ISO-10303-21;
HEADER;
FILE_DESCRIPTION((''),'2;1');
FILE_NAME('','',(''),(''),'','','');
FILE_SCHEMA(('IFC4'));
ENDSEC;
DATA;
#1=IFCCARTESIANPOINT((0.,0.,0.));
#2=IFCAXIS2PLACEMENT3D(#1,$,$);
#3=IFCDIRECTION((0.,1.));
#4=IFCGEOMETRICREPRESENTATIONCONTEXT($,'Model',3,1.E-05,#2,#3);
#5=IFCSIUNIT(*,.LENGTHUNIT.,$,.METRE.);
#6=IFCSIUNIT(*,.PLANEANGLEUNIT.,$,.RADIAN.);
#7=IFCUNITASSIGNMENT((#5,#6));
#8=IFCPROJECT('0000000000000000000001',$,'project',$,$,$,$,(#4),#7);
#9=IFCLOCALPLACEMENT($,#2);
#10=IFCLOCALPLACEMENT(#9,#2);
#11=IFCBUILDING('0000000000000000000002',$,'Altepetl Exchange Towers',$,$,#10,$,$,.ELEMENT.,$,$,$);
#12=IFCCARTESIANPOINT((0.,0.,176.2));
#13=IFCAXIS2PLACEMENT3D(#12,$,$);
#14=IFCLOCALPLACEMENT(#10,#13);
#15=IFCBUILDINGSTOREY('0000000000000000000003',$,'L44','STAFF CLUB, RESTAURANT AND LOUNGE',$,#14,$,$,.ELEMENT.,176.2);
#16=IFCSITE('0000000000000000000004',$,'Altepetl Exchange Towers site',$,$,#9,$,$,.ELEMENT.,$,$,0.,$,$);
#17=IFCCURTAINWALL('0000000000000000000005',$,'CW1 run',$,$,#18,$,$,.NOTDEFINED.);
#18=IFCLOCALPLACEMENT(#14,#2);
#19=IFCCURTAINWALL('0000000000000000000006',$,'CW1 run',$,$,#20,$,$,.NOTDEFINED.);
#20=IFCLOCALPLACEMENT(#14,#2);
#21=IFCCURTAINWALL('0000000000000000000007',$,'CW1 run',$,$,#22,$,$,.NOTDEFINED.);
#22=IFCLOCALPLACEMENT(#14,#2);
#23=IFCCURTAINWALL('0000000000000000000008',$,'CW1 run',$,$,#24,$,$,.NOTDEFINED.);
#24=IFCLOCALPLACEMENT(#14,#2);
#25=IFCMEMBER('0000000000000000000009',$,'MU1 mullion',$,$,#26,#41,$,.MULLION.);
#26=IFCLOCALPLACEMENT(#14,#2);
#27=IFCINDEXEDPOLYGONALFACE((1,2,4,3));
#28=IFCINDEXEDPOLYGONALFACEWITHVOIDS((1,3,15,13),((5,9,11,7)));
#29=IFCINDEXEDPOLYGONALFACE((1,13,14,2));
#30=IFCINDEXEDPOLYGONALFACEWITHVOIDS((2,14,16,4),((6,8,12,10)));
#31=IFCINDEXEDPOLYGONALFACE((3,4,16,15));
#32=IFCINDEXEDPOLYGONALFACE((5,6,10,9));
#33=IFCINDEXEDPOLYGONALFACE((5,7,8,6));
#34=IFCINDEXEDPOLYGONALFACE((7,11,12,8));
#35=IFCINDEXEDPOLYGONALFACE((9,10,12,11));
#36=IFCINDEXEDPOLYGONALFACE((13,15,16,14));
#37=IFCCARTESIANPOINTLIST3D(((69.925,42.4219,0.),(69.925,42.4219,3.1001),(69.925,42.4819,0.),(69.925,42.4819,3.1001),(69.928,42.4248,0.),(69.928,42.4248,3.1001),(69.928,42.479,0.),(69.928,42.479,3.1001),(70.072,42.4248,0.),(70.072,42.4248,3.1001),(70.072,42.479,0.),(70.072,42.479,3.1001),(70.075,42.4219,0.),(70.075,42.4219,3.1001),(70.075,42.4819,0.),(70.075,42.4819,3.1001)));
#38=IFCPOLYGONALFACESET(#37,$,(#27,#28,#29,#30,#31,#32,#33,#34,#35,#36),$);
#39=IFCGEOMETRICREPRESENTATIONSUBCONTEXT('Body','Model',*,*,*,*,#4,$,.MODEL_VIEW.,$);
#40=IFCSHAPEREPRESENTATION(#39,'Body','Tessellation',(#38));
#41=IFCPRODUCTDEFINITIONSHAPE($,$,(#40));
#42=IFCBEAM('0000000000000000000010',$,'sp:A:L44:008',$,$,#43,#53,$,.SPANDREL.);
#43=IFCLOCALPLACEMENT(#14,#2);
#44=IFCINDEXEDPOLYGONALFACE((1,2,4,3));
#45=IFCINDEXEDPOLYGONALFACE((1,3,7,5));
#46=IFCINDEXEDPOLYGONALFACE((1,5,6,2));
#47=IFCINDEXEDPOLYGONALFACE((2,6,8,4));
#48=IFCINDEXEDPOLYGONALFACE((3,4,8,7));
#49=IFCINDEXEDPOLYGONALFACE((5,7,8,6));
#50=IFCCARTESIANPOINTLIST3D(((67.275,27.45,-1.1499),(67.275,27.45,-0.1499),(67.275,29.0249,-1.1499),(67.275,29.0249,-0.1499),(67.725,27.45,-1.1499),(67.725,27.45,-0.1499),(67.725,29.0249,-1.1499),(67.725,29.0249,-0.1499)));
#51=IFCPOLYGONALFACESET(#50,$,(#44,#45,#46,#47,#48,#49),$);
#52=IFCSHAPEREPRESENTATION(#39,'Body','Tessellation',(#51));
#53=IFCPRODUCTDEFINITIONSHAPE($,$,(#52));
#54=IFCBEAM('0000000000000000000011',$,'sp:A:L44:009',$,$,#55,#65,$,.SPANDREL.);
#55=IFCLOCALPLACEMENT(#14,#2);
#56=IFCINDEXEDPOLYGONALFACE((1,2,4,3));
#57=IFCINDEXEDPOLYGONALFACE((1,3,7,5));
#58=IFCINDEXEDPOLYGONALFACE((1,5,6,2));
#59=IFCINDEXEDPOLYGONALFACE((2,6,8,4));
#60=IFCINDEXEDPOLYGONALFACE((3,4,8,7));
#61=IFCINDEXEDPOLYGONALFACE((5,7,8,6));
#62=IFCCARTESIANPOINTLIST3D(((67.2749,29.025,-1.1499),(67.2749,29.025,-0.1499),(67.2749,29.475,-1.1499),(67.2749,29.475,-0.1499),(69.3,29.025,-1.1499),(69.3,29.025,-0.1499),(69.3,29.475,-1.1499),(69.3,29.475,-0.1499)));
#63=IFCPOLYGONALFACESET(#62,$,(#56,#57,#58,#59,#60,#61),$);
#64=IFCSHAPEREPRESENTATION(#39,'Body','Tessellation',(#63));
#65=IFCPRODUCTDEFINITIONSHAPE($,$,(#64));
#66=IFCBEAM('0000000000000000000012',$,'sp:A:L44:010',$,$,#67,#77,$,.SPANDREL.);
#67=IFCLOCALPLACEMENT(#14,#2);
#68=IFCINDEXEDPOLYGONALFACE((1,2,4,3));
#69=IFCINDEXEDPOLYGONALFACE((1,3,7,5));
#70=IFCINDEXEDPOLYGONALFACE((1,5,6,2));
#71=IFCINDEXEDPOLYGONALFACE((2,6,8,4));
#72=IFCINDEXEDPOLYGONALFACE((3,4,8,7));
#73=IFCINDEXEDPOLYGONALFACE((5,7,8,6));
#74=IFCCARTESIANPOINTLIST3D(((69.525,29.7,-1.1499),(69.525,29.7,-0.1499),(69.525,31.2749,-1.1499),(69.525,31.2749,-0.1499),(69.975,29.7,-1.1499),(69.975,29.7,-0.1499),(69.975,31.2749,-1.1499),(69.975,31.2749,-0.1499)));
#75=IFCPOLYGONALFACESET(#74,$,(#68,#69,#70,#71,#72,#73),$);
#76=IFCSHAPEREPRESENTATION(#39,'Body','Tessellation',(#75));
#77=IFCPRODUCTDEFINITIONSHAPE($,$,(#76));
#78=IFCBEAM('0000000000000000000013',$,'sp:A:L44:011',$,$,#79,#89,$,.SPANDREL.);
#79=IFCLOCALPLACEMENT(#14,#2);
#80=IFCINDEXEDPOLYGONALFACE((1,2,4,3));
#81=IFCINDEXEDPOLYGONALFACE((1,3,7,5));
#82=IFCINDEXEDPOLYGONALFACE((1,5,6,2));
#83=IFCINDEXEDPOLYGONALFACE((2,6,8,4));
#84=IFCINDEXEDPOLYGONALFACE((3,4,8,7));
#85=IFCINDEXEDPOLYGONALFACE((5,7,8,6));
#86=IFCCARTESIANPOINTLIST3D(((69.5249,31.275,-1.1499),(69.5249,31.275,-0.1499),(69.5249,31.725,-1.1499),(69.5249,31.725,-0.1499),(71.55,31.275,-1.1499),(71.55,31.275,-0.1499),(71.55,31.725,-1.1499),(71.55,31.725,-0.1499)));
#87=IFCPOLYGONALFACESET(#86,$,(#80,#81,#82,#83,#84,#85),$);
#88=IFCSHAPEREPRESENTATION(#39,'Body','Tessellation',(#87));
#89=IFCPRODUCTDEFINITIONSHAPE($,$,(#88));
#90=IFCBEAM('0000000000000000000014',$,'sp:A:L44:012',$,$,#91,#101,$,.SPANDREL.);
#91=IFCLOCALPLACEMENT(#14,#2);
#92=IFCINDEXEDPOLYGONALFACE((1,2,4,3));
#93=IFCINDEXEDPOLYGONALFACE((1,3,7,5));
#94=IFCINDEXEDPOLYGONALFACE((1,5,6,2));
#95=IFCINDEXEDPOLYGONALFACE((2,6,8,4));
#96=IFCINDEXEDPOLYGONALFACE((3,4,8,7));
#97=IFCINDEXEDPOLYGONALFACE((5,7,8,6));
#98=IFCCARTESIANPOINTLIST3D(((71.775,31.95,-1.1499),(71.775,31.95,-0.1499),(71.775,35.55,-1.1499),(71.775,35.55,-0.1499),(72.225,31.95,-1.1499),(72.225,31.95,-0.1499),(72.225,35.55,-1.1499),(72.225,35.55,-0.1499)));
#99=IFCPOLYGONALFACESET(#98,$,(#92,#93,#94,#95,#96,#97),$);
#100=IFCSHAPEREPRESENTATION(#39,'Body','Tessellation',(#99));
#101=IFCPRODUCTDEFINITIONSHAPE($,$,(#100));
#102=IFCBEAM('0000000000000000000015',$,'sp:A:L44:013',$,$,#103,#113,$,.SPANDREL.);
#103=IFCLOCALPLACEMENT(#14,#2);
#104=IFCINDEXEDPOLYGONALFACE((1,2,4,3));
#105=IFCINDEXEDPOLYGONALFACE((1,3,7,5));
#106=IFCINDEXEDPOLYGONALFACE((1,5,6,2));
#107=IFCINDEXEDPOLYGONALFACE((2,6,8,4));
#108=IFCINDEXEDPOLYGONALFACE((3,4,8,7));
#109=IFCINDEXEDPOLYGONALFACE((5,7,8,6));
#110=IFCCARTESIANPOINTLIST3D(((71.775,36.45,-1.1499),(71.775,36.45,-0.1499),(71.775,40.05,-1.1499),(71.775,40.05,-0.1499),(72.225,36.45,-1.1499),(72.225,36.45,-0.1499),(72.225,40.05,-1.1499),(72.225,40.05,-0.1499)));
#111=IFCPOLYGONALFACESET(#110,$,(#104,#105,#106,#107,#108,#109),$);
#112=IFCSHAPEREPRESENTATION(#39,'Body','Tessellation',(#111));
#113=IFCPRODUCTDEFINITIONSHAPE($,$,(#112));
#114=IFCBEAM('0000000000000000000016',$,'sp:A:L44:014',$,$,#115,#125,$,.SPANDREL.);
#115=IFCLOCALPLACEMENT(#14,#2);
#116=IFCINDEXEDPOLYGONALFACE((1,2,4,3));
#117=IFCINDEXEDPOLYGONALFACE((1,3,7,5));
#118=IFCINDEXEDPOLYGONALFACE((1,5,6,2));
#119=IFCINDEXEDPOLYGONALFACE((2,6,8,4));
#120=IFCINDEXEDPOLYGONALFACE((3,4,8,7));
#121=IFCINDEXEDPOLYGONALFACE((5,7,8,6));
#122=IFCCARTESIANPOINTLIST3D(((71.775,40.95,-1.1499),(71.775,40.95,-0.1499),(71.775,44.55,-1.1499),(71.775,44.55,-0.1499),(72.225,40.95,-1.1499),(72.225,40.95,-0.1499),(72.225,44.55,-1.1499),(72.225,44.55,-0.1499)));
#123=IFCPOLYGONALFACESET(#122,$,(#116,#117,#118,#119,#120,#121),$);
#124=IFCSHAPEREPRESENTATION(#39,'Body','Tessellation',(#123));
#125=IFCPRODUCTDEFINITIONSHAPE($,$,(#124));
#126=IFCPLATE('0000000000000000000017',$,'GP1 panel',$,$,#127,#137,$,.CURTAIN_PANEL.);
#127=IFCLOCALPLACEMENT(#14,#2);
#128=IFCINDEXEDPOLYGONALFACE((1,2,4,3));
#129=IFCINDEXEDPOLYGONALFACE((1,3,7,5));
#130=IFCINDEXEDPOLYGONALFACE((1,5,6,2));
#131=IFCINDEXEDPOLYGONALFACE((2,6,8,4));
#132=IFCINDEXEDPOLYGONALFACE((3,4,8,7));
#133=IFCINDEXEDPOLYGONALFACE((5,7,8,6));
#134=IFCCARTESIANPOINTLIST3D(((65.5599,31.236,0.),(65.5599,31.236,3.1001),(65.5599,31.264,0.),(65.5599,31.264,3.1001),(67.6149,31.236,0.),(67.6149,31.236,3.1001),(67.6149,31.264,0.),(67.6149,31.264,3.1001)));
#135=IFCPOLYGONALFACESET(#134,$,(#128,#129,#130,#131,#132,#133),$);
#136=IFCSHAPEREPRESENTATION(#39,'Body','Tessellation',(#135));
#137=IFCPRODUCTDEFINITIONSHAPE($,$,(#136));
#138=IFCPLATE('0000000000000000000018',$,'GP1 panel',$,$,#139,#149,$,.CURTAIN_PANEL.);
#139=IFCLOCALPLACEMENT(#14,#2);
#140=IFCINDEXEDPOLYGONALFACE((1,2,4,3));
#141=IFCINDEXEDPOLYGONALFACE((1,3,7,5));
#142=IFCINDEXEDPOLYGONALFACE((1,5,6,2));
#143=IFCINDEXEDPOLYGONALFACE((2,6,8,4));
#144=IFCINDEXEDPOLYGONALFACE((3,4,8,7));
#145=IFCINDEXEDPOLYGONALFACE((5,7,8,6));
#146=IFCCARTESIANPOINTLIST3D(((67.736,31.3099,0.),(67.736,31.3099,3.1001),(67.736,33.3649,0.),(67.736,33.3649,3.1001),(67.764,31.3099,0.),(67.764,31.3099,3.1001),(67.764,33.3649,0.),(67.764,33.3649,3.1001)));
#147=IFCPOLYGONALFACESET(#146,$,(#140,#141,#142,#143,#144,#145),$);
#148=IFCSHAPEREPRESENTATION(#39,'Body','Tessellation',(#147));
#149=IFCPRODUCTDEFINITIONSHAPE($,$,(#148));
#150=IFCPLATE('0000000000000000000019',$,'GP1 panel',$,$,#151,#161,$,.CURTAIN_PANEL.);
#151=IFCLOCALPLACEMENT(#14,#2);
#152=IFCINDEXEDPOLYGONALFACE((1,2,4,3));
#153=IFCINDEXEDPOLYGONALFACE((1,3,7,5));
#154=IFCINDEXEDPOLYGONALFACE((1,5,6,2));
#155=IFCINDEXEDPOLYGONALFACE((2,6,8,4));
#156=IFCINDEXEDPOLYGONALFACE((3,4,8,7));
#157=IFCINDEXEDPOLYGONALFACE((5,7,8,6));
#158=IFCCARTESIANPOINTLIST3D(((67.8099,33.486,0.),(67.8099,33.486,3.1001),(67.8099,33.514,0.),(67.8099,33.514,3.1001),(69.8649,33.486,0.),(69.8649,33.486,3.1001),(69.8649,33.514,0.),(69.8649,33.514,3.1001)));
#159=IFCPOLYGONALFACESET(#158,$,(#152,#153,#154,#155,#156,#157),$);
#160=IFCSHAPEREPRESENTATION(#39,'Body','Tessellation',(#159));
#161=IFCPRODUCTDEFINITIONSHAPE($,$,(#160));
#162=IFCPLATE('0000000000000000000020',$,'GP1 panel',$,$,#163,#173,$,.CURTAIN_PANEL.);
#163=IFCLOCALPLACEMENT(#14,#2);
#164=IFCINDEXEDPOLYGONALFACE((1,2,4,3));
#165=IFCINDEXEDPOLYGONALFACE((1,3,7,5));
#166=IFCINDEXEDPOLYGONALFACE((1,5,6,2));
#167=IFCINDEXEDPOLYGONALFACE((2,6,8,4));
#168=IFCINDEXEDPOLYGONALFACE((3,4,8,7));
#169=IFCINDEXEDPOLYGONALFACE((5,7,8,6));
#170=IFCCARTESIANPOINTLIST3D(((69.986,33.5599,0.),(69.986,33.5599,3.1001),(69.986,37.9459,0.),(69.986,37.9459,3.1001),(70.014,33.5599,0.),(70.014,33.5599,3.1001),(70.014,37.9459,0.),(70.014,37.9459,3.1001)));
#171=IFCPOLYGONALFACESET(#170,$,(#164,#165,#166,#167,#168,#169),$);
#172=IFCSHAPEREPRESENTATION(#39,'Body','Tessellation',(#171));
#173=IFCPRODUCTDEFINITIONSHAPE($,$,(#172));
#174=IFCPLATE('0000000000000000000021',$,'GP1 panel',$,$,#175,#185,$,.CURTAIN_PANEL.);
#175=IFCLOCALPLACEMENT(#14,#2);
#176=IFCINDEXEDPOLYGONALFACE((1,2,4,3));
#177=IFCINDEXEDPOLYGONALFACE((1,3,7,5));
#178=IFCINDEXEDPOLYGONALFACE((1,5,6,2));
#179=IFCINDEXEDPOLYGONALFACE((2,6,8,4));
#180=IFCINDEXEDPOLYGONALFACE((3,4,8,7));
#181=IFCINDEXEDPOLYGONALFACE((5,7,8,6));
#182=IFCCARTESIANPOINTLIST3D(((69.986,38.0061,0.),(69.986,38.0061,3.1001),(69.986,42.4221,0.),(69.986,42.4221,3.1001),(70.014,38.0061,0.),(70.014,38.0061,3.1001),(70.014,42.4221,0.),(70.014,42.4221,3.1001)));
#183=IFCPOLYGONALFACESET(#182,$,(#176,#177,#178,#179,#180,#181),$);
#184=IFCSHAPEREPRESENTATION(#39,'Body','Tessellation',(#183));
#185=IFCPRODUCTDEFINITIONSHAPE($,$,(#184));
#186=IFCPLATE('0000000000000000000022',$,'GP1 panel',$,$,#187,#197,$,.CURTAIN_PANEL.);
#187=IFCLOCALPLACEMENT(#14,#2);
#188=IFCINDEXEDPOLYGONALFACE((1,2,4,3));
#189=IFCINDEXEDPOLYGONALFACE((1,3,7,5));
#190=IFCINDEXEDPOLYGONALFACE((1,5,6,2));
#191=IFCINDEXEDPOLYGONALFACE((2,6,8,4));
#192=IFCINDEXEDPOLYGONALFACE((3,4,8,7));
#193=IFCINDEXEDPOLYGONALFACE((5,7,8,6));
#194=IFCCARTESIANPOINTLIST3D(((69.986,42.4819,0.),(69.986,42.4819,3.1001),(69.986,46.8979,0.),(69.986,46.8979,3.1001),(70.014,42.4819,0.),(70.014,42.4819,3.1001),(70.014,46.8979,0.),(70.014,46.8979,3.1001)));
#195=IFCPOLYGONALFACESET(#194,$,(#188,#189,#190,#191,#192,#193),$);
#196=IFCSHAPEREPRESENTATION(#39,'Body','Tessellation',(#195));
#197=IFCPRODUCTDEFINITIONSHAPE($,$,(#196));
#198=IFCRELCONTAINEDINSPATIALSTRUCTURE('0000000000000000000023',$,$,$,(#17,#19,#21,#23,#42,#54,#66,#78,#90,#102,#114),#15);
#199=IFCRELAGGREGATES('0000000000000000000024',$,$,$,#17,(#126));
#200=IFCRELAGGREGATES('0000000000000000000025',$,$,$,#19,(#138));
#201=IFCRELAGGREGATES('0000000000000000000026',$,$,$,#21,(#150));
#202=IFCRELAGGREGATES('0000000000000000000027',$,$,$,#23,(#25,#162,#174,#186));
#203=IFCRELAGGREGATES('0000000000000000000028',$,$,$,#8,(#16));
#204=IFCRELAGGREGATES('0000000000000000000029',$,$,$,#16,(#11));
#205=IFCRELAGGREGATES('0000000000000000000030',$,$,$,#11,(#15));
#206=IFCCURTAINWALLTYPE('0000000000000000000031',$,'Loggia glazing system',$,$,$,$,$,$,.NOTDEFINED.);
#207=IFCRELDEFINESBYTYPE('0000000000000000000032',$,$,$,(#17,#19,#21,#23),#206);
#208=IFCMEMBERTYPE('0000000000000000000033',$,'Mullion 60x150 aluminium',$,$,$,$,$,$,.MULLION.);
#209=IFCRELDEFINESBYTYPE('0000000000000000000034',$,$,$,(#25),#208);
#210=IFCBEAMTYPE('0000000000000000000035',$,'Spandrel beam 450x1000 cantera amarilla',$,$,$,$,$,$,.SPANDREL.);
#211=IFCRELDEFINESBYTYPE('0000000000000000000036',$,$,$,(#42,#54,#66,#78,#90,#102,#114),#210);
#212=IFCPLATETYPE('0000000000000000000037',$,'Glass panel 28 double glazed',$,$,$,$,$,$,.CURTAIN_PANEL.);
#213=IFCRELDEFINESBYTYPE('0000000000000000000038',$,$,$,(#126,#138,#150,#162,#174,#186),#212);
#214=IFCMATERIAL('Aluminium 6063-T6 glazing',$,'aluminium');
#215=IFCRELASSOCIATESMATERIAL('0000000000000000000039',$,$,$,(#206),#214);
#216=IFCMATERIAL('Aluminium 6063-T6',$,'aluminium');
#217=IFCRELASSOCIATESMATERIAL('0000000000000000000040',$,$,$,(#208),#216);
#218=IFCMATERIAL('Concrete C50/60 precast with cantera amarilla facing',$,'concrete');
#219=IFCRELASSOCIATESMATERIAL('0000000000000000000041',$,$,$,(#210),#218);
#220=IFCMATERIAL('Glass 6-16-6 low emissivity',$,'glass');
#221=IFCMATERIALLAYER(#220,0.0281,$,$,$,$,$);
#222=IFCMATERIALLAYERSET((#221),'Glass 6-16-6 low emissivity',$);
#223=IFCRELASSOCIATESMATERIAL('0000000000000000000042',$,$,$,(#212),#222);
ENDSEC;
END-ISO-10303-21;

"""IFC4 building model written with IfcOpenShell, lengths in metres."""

from ifc_helpers import new_model, si_unit, direction, frame, origin, origin_2d, place, context, subcontext, project, spatial, rectangle, hollow_rectangle, extrude, material, layer, layer_set, material_profile, profile_set, type_object, element, aggregate, save


model = new_model("IFC4")

# Units and contexts
model_context = context("Model", 3, precision=1e-05, world=origin(), true_north=direction((0.0, 1.0)))
body_context = subcontext(model_context, "Body", "Model", "MODEL_VIEW")
ifc_project = project(units=[si_unit("LENGTHUNIT", "METRE"), si_unit("PLANEANGLEUNIT", "RADIAN")], contexts=[model_context])

# Site, building, storey
site_placement = place(None, origin())
site = spatial("IfcSite", under=ifc_project, at=site_placement, Name="Altepetl Exchange Towers site", CompositionType="ELEMENT", RefElevation=0.0)
building_placement = place(site_placement, origin())
building = spatial("IfcBuilding", under=site, at=building_placement, Name="Altepetl Exchange Towers", CompositionType="ELEMENT")
storey_placement = place(building_placement, frame((0.0, 0.0, 176.2)))
storey = spatial("IfcBuildingStorey", under=building, at=storey_placement, Name="L44", Description="STAFF CLUB, RESTAURANT AND LOUNGE", CompositionType="ELEMENT", Elevation=176.2)

# Curtain walls, member
ifc_material_1 = material(Name="Aluminium 6063-T6 glazing", Category="aluminium")
curtain_wall_type = type_object("IfcCurtainWallType", Name="Loggia glazing system", PredefinedType="NOTDEFINED", material=ifc_material_1)
curtain_wall_1_placement = place(storey_placement, origin())
curtain_wall_1 = element("IfcCurtainWall", 1, at=curtain_wall_1_placement, inside=storey, type_object=curtain_wall_type, Name="CW1 run", PredefinedType="NOTDEFINED")
ifc_material_2 = material(Name="Aluminium 6063-T6", Category="aluminium")
ifc_material_profile_1 = material_profile(ifc_material_2, hollow_rectangle(XDim=0.0601, YDim=0.1499, WallThickness=0.0029, at=origin_2d()), Name="Mullion 60x150 aluminium")
ifc_profile_set_1 = profile_set([ifc_material_profile_1], Name="Aluminium 6063-T6")
member_type = type_object("IfcMemberType", Name="Mullion 60x150 aluminium", PredefinedType="MULLION", material=ifc_profile_set_1)
curtain_wall_2_placement = place(storey_placement, origin())
curtain_wall_2 = element("IfcCurtainWall", 2, at=curtain_wall_2_placement, inside=storey, type_object=curtain_wall_type, Name="CW1 run", PredefinedType="NOTDEFINED")
curtain_wall_3_placement = place(storey_placement, origin())
curtain_wall_3 = element("IfcCurtainWall", 3, at=curtain_wall_3_placement, inside=storey, type_object=curtain_wall_type, Name="CW1 run", PredefinedType="NOTDEFINED")
curtain_wall_4_placement = place(storey_placement, origin())
curtain_wall_4 = element("IfcCurtainWall", 4, at=curtain_wall_4_placement, inside=storey, type_object=curtain_wall_type, Name="CW1 run", PredefinedType="NOTDEFINED")
member_1_placement = place(storey_placement, frame((70.0, 42.4519, 0.0), z_axis=(0.0, 0.0, 1.0), x_axis=(0.0, 1.0, 0.0)))
member_1 = element("IfcMember", 5, at=member_1_placement, type_object=member_type, Name="MU1 mullion", PredefinedType="MULLION", context=body_context, shape_type="SweptSolid", body=[
    extrude(hollow_rectangle(XDim=0.0601, YDim=0.1499, WallThickness=0.0029, at=origin_2d()), origin(), (0.0, 0.0, 1.0), 3.1001),
])

# Beams
ifc_material_3 = material(Name="Concrete C50/60 precast with cantera amarilla facing", Category="concrete")
ifc_material_profile_2 = material_profile(ifc_material_3, rectangle(XDim=0.45, YDim=1.0, at=origin_2d()), Name="450 x 1000")
ifc_profile_set_2 = profile_set([ifc_material_profile_2], Name="Concrete C50/60 precast with cantera amarilla facing")
beam_type = type_object("IfcBeamType", Name="Spandrel beam 450x1000 cantera amarilla", PredefinedType="SPANDREL", material=ifc_profile_set_2)
beam_1_placement = place(storey_placement, frame((67.5, 27.45, -0.6499), z_axis=(0.0, 1.0, 0.0), x_axis=(-1.0, 0.0, 0.0)))
element("IfcBeam", 6, at=beam_1_placement, inside=storey, type_object=beam_type, Name="sp:A:L44:008", PredefinedType="SPANDREL", context=body_context, shape_type="SweptSolid", body=[
    extrude(rectangle(XDim=0.45, YDim=1.0, at=origin_2d()), origin(), (0.0, 0.0, 1.0), 1.575),
])
beam_2_placement = place(storey_placement, frame((67.2749, 29.25, -0.6499), z_axis=(1.0, 0.0, 0.0), x_axis=(0.0, 1.0, 0.0)))
element("IfcBeam", 7, at=beam_2_placement, inside=storey, type_object=beam_type, Name="sp:A:L44:009", PredefinedType="SPANDREL", context=body_context, shape_type="SweptSolid", body=[
    extrude(rectangle(XDim=0.45, YDim=1.0, at=origin_2d()), origin(), (0.0, 0.0, 1.0), 2.0251),
])
beam_3_placement = place(storey_placement, frame((69.75, 29.7, -0.6499), z_axis=(0.0, 1.0, 0.0), x_axis=(-1.0, 0.0, 0.0)))
element("IfcBeam", 8, at=beam_3_placement, inside=storey, type_object=beam_type, Name="sp:A:L44:010", PredefinedType="SPANDREL", context=body_context, shape_type="SweptSolid", body=[
    extrude(rectangle(XDim=0.45, YDim=1.0, at=origin_2d()), origin(), (0.0, 0.0, 1.0), 1.575),
])
beam_4_placement = place(storey_placement, frame((69.5249, 31.5, -0.6499), z_axis=(1.0, 0.0, 0.0), x_axis=(0.0, 1.0, 0.0)))
element("IfcBeam", 9, at=beam_4_placement, inside=storey, type_object=beam_type, Name="sp:A:L44:011", PredefinedType="SPANDREL", context=body_context, shape_type="SweptSolid", body=[
    extrude(rectangle(XDim=0.45, YDim=1.0, at=origin_2d()), origin(), (0.0, 0.0, 1.0), 2.0251),
])
for number, where, z_axis, x_axis, name in (
    (10, (72.0, 31.95, -0.6499), (0.0, 1.0, 0.0), (-1.0, 0.0, 0.0), "sp:A:L44:012"),
    (11, (72.0, 36.45, -0.6499), (0.0, 1.0, 0.0), (-1.0, 0.0, 0.0), "sp:A:L44:013"),
    (12, (72.0, 40.95, -0.6499), (0.0, 1.0, 0.0), (-1.0, 0.0, 0.0), "sp:A:L44:014"),
):
    element("IfcBeam", number, at=place(storey_placement, frame(where, z_axis=z_axis, x_axis=x_axis)), inside=storey, type_object=beam_type, Name=name, PredefinedType="SPANDREL", context=body_context, shape_type="SweptSolid", body=[
        extrude(rectangle(XDim=0.45, YDim=1.0, at=origin_2d()), origin(), (0.0, 0.0, 1.0), 3.6001),
    ])

# Plates
ifc_material_4 = material(Name="Glass 6-16-6 low emissivity", Category="glass")
ifc_layer = layer(ifc_material_4, 0.0281)
ifc_layer_set = layer_set([ifc_layer], Name="Glass 6-16-6 low emissivity")
plate_type = type_object("IfcPlateType", Name="Glass panel 28 double glazed", PredefinedType="CURTAIN_PANEL", material=ifc_layer_set)
plate_1_placement = place(storey_placement, frame((66.5874, 31.25, 0.0)))
plate_1 = element("IfcPlate", 13, at=plate_1_placement, type_object=plate_type, Name="GP1 panel", PredefinedType="CURTAIN_PANEL", context=body_context, shape_type="SweptSolid", body=[
    extrude(rectangle(XDim=2.0549, YDim=0.0281, at=origin_2d()), origin(), (0.0, 0.0, 1.0), 3.1001),
])
aggregate(curtain_wall_1, [plate_1])
plate_2_placement = place(storey_placement, frame((67.75, 32.3374, 0.0), z_axis=(0.0, 0.0, 1.0), x_axis=(0.0, 1.0, 0.0)))
plate_2 = element("IfcPlate", 14, at=plate_2_placement, type_object=plate_type, Name="GP1 panel", PredefinedType="CURTAIN_PANEL", context=body_context, shape_type="SweptSolid", body=[
    extrude(rectangle(XDim=2.0549, YDim=0.0281, at=origin_2d()), origin(), (0.0, 0.0, 1.0), 3.1001),
])
aggregate(curtain_wall_2, [plate_2])
plate_3_placement = place(storey_placement, frame((68.8374, 33.5, 0.0)))
plate_3 = element("IfcPlate", 15, at=plate_3_placement, type_object=plate_type, Name="GP1 panel", PredefinedType="CURTAIN_PANEL", context=body_context, shape_type="SweptSolid", body=[
    extrude(rectangle(XDim=2.0549, YDim=0.0281, at=origin_2d()), origin(), (0.0, 0.0, 1.0), 3.1001),
])
aggregate(curtain_wall_3, [plate_3])
plate_4_placement = place(storey_placement, frame((70.0, 35.7529, 0.0), z_axis=(0.0, 0.0, 1.0), x_axis=(0.0, 1.0, 0.0)))
plate_4 = element("IfcPlate", 16, at=plate_4_placement, type_object=plate_type, Name="GP1 panel", PredefinedType="CURTAIN_PANEL", context=body_context, shape_type="SweptSolid", body=[
    extrude(rectangle(XDim=4.386, YDim=0.0281, at=origin_2d()), origin(), (0.0, 0.0, 1.0), 3.1001),
])
plate_5_placement = place(storey_placement, frame((70.0, 40.2141, 0.0), z_axis=(0.0, 0.0, 1.0), x_axis=(0.0, 1.0, 0.0)))
plate_5 = element("IfcPlate", 17, at=plate_5_placement, type_object=plate_type, Name="GP1 panel", PredefinedType="CURTAIN_PANEL", context=body_context, shape_type="SweptSolid", body=[
    extrude(rectangle(XDim=4.416, YDim=0.0281, at=origin_2d()), origin(), (0.0, 0.0, 1.0), 3.1001),
])
plate_6_placement = place(storey_placement, frame((70.0, 44.6899, 0.0), z_axis=(0.0, 0.0, 1.0), x_axis=(0.0, 1.0, 0.0)))
plate_6 = element("IfcPlate", 18, at=plate_6_placement, type_object=plate_type, Name="GP1 panel", PredefinedType="CURTAIN_PANEL", context=body_context, shape_type="SweptSolid", body=[
    extrude(rectangle(XDim=4.416, YDim=0.0281, at=origin_2d()), origin(), (0.0, 0.0, 1.0), 3.1001),
])
aggregate(curtain_wall_4, [member_1, plate_4, plate_5, plate_6])

save(model, "model.ifc")
